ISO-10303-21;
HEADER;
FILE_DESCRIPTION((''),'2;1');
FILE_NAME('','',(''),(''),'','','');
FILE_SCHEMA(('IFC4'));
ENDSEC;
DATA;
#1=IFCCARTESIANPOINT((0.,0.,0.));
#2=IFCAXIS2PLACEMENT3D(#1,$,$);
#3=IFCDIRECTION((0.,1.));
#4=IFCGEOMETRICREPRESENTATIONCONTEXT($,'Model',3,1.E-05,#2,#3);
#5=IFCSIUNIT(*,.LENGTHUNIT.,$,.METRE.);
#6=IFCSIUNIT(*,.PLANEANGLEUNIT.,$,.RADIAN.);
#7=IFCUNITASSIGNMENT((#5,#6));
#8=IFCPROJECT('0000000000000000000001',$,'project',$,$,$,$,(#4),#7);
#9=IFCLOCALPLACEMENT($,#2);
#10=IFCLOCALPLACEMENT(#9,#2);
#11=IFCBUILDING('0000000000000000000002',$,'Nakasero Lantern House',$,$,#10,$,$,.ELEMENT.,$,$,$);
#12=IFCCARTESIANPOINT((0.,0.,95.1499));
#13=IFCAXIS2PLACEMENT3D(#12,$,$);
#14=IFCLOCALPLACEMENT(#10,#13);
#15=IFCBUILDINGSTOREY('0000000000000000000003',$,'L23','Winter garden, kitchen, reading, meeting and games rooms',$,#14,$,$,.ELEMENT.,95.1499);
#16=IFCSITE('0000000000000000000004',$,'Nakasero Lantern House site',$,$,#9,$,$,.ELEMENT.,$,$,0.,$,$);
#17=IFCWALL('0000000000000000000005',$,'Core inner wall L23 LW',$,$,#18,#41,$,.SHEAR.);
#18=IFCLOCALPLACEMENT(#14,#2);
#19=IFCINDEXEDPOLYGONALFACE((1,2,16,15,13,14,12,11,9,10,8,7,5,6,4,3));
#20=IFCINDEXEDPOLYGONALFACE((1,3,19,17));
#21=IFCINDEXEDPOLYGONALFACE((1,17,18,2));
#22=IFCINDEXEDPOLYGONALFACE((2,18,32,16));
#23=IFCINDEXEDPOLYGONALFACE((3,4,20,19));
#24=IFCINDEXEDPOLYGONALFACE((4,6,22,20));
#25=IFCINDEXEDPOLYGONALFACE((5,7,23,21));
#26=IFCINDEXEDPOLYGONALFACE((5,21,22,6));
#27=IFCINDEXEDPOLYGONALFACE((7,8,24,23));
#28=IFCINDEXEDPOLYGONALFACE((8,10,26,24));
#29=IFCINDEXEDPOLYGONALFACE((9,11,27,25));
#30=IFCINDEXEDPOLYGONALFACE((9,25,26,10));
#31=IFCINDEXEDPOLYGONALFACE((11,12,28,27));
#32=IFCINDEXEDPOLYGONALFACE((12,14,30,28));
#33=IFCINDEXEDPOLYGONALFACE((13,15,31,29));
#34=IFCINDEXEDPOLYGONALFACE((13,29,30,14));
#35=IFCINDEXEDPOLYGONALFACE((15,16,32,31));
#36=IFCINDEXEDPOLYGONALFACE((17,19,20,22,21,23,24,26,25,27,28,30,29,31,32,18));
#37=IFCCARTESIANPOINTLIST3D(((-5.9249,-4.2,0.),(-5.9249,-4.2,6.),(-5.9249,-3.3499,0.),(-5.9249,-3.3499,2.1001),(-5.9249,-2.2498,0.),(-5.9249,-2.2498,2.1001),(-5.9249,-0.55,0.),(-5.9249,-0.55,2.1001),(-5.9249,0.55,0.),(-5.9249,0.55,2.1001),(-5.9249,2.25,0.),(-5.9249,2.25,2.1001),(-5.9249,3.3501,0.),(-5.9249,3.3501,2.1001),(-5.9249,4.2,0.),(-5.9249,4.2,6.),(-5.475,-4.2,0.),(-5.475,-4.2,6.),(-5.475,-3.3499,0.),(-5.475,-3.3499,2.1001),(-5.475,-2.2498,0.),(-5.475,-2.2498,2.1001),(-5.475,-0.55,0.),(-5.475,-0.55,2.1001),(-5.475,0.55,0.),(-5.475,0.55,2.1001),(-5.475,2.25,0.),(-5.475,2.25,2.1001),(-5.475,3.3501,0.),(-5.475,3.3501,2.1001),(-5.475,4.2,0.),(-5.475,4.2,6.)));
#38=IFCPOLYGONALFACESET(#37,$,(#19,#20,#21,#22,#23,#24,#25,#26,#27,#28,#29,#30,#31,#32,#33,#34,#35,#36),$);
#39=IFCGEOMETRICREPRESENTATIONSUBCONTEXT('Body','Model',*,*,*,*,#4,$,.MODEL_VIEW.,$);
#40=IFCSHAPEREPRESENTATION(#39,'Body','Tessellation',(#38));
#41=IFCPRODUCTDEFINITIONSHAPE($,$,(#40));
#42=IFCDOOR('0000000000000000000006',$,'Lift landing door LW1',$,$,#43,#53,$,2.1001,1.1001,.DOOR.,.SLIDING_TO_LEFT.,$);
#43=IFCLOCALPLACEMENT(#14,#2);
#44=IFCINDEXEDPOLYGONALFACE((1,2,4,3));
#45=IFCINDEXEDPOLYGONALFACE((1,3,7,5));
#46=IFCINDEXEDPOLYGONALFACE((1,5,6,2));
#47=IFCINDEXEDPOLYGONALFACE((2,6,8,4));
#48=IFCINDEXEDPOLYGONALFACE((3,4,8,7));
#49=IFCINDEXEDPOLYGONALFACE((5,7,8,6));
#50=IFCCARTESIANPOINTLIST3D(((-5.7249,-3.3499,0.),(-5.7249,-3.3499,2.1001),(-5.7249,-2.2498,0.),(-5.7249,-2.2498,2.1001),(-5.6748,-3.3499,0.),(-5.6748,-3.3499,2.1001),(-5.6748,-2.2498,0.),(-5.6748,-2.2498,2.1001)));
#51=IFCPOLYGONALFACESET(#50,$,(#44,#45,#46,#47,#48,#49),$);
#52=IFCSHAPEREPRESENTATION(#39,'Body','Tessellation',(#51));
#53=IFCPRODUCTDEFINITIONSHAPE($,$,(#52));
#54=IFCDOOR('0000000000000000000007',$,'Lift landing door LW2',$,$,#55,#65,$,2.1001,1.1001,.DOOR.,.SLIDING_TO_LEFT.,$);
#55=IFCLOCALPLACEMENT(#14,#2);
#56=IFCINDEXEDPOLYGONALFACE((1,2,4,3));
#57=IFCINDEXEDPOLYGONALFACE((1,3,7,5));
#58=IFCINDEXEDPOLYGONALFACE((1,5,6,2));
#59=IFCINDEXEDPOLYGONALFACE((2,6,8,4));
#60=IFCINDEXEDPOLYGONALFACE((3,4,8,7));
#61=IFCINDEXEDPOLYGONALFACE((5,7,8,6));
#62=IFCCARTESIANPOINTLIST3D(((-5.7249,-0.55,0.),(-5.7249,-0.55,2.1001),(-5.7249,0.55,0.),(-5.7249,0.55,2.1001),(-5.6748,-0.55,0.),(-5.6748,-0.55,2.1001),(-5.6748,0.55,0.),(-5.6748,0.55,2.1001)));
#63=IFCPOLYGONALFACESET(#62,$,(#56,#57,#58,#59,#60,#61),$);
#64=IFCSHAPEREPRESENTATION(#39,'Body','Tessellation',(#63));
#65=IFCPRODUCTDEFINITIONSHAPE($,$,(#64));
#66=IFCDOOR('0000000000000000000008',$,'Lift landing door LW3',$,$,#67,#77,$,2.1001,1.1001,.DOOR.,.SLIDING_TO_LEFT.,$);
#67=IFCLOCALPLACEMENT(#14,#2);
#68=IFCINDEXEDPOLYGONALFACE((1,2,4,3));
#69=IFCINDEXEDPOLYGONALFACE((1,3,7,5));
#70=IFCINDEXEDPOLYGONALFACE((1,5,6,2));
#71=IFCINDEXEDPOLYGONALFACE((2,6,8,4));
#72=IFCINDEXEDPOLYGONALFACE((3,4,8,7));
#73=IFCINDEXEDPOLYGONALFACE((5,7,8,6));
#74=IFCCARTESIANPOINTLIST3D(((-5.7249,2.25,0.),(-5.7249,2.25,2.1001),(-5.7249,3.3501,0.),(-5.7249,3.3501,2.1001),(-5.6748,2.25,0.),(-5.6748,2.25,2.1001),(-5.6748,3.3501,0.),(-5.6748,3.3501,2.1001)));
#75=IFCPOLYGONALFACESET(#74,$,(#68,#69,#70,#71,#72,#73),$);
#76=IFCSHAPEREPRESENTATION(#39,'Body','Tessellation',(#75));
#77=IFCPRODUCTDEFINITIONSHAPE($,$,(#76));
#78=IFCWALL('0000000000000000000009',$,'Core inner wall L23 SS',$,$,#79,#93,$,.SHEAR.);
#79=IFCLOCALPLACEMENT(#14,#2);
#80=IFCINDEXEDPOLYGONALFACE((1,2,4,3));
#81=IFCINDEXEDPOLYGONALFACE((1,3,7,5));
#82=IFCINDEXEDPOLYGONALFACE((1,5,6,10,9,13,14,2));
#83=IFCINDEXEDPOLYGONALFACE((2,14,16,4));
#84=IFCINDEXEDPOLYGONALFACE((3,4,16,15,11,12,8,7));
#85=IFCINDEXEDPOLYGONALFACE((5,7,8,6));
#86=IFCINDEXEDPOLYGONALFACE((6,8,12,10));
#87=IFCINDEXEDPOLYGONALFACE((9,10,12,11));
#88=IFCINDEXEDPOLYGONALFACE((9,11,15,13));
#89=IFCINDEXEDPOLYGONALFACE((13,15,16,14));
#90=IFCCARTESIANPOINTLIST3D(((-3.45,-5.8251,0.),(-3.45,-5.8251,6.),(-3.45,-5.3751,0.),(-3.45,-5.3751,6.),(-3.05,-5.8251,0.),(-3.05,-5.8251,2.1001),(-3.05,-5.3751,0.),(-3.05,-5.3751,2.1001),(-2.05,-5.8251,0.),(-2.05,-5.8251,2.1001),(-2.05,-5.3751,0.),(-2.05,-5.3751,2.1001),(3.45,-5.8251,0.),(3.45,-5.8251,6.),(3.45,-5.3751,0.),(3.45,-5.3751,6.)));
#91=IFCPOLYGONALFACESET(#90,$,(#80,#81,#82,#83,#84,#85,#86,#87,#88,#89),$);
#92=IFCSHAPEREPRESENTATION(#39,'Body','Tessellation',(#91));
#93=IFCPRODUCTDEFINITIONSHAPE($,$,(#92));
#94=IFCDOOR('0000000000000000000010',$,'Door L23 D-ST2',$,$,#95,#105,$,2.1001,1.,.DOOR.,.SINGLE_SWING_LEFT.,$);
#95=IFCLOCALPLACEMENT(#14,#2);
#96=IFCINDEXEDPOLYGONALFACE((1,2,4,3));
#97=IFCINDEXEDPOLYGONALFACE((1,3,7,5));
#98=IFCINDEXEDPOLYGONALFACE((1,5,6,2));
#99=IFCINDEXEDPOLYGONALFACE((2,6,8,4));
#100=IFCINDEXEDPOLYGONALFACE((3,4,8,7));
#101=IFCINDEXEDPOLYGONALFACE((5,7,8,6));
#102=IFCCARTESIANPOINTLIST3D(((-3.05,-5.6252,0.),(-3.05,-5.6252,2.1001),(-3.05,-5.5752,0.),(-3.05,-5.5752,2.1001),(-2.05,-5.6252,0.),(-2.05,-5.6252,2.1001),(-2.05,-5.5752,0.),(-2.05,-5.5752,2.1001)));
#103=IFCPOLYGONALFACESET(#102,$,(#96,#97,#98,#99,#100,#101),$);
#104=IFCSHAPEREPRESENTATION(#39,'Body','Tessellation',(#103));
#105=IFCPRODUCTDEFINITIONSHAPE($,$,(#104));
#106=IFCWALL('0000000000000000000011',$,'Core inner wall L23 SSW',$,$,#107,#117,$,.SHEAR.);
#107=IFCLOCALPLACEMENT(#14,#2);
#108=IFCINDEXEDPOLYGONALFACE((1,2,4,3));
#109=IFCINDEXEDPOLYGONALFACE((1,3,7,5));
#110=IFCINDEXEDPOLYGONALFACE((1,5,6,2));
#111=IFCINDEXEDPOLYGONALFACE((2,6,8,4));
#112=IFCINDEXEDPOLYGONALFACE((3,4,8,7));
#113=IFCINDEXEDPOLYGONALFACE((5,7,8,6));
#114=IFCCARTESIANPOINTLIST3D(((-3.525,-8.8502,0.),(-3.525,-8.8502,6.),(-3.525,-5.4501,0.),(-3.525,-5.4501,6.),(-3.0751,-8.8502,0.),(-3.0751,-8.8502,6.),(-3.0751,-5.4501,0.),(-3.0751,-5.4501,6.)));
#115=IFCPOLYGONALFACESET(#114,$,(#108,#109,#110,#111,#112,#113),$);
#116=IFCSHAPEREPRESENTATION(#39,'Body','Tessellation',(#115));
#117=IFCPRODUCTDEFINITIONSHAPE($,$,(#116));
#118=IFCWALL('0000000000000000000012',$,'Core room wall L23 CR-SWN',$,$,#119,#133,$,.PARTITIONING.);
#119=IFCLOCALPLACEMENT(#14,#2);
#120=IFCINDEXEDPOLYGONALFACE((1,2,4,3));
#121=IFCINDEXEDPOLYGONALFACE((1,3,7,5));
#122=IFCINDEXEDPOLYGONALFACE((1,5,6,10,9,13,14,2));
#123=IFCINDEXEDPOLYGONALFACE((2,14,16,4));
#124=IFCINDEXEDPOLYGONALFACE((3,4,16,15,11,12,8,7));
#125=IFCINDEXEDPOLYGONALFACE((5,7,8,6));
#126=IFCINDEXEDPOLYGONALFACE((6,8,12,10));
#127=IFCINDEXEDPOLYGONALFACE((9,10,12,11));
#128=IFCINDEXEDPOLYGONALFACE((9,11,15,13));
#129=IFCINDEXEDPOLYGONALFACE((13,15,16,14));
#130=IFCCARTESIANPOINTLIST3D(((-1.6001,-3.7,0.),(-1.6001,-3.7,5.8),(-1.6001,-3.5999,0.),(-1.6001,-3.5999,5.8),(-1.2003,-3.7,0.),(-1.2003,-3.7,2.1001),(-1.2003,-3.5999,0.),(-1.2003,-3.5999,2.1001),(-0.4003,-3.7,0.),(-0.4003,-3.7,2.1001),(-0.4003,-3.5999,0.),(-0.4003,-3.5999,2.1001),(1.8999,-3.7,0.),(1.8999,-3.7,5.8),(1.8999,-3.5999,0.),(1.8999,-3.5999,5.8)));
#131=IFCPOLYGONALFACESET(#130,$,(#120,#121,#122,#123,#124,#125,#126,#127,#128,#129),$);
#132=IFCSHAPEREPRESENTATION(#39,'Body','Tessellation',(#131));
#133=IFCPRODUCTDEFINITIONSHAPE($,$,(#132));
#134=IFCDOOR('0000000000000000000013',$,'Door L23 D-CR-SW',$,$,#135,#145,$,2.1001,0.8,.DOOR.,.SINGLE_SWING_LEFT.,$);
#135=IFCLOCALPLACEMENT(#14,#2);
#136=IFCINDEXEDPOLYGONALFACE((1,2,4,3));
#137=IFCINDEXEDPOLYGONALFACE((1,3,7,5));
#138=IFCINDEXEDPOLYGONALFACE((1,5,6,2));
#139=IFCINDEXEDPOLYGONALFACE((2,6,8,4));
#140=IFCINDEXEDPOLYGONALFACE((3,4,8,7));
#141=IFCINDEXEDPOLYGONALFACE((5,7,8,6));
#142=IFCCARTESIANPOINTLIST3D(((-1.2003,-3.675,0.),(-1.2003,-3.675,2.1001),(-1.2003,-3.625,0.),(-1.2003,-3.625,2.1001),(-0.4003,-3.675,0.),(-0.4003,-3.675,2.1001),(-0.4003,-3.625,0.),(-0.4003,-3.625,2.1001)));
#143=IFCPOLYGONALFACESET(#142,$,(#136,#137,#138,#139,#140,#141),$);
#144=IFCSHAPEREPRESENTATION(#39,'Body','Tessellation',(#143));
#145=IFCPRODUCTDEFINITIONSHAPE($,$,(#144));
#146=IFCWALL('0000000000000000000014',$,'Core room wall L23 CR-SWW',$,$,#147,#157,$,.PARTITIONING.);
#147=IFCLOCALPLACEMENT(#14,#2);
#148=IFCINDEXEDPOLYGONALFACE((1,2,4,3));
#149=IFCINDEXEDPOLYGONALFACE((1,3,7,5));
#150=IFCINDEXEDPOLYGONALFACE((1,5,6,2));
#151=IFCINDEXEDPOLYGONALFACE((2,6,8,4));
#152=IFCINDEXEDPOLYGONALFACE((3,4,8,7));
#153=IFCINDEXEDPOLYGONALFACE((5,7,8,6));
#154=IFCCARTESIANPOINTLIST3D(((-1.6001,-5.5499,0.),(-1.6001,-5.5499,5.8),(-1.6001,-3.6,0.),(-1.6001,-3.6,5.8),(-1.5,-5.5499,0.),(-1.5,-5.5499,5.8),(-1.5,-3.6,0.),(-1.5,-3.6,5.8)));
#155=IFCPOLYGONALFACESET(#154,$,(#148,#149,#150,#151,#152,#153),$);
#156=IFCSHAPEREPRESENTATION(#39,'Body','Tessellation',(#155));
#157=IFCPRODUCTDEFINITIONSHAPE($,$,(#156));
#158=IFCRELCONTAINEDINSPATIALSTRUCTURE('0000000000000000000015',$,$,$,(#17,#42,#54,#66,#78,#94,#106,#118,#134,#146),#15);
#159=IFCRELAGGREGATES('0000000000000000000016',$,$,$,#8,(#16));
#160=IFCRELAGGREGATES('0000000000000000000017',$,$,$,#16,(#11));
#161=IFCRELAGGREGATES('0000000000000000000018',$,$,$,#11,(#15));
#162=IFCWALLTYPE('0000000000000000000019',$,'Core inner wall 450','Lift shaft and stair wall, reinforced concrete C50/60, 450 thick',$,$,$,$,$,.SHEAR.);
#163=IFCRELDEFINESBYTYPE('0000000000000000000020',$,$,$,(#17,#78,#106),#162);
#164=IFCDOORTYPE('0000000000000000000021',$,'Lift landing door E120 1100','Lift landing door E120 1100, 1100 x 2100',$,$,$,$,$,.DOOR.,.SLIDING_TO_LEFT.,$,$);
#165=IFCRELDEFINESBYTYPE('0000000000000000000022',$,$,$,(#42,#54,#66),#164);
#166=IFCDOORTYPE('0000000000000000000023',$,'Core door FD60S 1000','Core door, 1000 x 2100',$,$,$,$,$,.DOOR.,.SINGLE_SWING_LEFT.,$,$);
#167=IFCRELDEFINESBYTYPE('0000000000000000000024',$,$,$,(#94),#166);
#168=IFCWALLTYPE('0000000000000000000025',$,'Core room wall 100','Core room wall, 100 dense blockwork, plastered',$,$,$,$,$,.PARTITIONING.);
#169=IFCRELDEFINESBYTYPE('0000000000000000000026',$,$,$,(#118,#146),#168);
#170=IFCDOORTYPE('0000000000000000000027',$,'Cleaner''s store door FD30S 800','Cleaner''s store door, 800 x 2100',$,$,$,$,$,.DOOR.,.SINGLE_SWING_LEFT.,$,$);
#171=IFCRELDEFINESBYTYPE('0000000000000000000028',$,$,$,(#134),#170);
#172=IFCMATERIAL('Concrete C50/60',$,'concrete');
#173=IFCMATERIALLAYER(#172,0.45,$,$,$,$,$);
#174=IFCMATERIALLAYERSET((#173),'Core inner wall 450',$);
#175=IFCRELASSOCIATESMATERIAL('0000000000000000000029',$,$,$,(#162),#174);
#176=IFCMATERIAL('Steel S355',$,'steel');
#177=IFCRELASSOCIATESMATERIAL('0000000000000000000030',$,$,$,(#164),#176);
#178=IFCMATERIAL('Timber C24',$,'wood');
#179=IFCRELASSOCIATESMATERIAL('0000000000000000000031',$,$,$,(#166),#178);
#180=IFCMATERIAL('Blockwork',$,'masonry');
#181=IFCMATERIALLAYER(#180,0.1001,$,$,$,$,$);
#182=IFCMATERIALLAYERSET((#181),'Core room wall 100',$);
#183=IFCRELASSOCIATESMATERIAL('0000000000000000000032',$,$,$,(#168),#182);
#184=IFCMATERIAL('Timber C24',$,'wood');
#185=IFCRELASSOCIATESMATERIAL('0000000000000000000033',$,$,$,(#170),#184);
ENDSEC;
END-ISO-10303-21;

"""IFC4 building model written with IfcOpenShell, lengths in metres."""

from ifc_helpers import new_model, si_unit, direction, frame, frame_2d, origin, place, context, subcontext, project, spatial, rectangle, extrude, material, layer, layer_set, type_object, element, fill, save


model = new_model("IFC4")

# Units and contexts
model_context = context("Model", 3, precision=1e-05, world=origin(), true_north=direction((0.0, 1.0)))
body_context = subcontext(model_context, "Body", "Model", "MODEL_VIEW")
ifc_project = project(units=[si_unit("LENGTHUNIT", "METRE"), si_unit("PLANEANGLEUNIT", "RADIAN")], contexts=[model_context])

# Site, building, storey
site_placement = place(None, origin())
site = spatial("IfcSite", under=ifc_project, at=site_placement, Name="Nakasero Lantern House site", CompositionType="ELEMENT", RefElevation=0.0)
building_placement = place(site_placement, origin())
building = spatial("IfcBuilding", under=site, at=building_placement, Name="Nakasero Lantern House", CompositionType="ELEMENT")
storey_placement = place(building_placement, frame((0.0, 0.0, 95.1499)))
storey = spatial("IfcBuildingStorey", under=building, at=storey_placement, Name="L23", Description="Winter garden, kitchen, reading, meeting and games rooms", CompositionType="ELEMENT", Elevation=95.1499)

# Wall, openings, doors
ifc_material_1 = material(Name="Concrete C50/60", Category="concrete")
ifc_layer_1 = layer(ifc_material_1, 0.45)
ifc_layer_set_1 = layer_set([ifc_layer_1], Name="Core inner wall 450")
wall_type_1 = type_object("IfcWallType", Name="Core inner wall 450", Description="Lift shaft and stair wall, reinforced concrete C50/60, 450 thick", PredefinedType="SHEAR", material=ifc_layer_set_1)
wall_1_placement = place(storey_placement, frame((-5.7, -4.2, 0.0), z_axis=(0.0, 0.0, 1.0), x_axis=(0.0, 1.0, 0.0)))
wall_1 = element("IfcWall", 1, at=wall_1_placement, inside=storey, type_object=wall_type_1, Name="Core inner wall L23 LW", PredefinedType="SHEAR", context=body_context, shape_type="SweptSolid", body=[
    extrude(rectangle(XDim=8.3999, YDim=0.45, at=frame_2d((4.2, 0.0))), origin(), (0.0, 0.0, 1.0), 6.0),
])
opening_1_placement = place(wall_1_placement, frame((0.8501, 0.0, 0.0)))
opening_1 = element("IfcOpeningElement", 2, at=opening_1_placement, cuts=wall_1, PredefinedType="OPENING", context=body_context, shape_type="SweptSolid", body=[
    extrude(rectangle(XDim=1.1001, YDim=2.1001, at=frame_2d((0.55, 1.05))), frame((0.0, 0.2449, 0.0), z_axis=(0.0, -1.0, 0.0), x_axis=(1.0, 0.0, 0.0)), (0.0, 0.0, 1.0), 0.49),
])
opening_2_placement = place(wall_1_placement, frame((3.6499, 0.0, 0.0)))
opening_2 = element("IfcOpeningElement", 3, at=opening_2_placement, cuts=wall_1, PredefinedType="OPENING", context=body_context, shape_type="SweptSolid", body=[
    extrude(rectangle(XDim=1.1001, YDim=2.1001, at=frame_2d((0.55, 1.05))), frame((0.0, 0.2449, 0.0), z_axis=(0.0, -1.0, 0.0), x_axis=(1.0, 0.0, 0.0)), (0.0, 0.0, 1.0), 0.49),
])
opening_3_placement = place(wall_1_placement, frame((6.45, 0.0, 0.0)))
opening_3 = element("IfcOpeningElement", 4, at=opening_3_placement, cuts=wall_1, PredefinedType="OPENING", context=body_context, shape_type="SweptSolid", body=[
    extrude(rectangle(XDim=1.1001, YDim=2.1001, at=frame_2d((0.55, 1.05))), frame((0.0, 0.2449, 0.0), z_axis=(0.0, -1.0, 0.0), x_axis=(1.0, 0.0, 0.0)), (0.0, 0.0, 1.0), 0.49),
])
ifc_material_2 = material(Name="Steel S355", Category="steel")
door_type_1 = type_object("IfcDoorType", Name="Lift landing door E120 1100", Description="Lift landing door E120 1100, 1100 x 2100", OperationType="SLIDING_TO_LEFT", PredefinedType="DOOR", material=ifc_material_2)
door_1_placement = place(opening_1_placement, origin())
door_1 = element("IfcDoor", 5, at=door_1_placement, inside=storey, type_object=door_type_1, Name="Lift landing door LW1", OperationType="SLIDING_TO_LEFT", OverallHeight=2.1001, OverallWidth=1.1001, PredefinedType="DOOR", context=body_context, shape_type="SweptSolid", body=[
    extrude(rectangle(XDim=1.1001, YDim=2.1001, at=frame_2d((0.55, 1.05))), frame((0.0, 0.0249, 0.0), z_axis=(0.0, -1.0, 0.0), x_axis=(1.0, 0.0, 0.0)), (0.0, 0.0, 1.0), 0.05),
])
fill(opening_1, door_1)
door_2_placement = place(opening_2_placement, origin())
door_2 = element("IfcDoor", 6, at=door_2_placement, inside=storey, type_object=door_type_1, Name="Lift landing door LW2", OperationType="SLIDING_TO_LEFT", OverallHeight=2.1001, OverallWidth=1.1001, PredefinedType="DOOR", context=body_context, shape_type="SweptSolid", body=[
    extrude(rectangle(XDim=1.1001, YDim=2.1001, at=frame_2d((0.55, 1.05))), frame((0.0, 0.0249, 0.0), z_axis=(0.0, -1.0, 0.0), x_axis=(1.0, 0.0, 0.0)), (0.0, 0.0, 1.0), 0.05),
])
fill(opening_2, door_2)
door_3_placement = place(opening_3_placement, origin())
door_3 = element("IfcDoor", 7, at=door_3_placement, inside=storey, type_object=door_type_1, Name="Lift landing door LW3", OperationType="SLIDING_TO_LEFT", OverallHeight=2.1001, OverallWidth=1.1001, PredefinedType="DOOR", context=body_context, shape_type="SweptSolid", body=[
    extrude(rectangle(XDim=1.1001, YDim=2.1001, at=frame_2d((0.55, 1.05))), frame((0.0, 0.0249, 0.0), z_axis=(0.0, -1.0, 0.0), x_axis=(1.0, 0.0, 0.0)), (0.0, 0.0, 1.0), 0.05),
])
fill(opening_3, door_3)

# Wall, opening, door
wall_2_placement = place(storey_placement, frame((-3.45, -5.6001, 0.0), z_axis=(0.0, 0.0, 1.0), x_axis=(1.0, 0.0, 0.0)))
wall_2 = element("IfcWall", 8, at=wall_2_placement, inside=storey, type_object=wall_type_1, Name="Core inner wall L23 SS", PredefinedType="SHEAR", context=body_context, shape_type="SweptSolid", body=[
    extrude(rectangle(XDim=6.8999, YDim=0.45, at=frame_2d((3.45, 0.0))), origin(), (0.0, 0.0, 1.0), 6.0),
])
opening_4_placement = place(wall_2_placement, frame((0.3999, 0.0, 0.0)))
opening_4 = element("IfcOpeningElement", 9, at=opening_4_placement, cuts=wall_2, PredefinedType="OPENING", context=body_context, shape_type="SweptSolid", body=[
    extrude(rectangle(XDim=1.0, YDim=2.1001, at=frame_2d((0.5, 1.05))), frame((0.0, 0.2449, 0.0), z_axis=(0.0, -1.0, 0.0), x_axis=(1.0, 0.0, 0.0)), (0.0, 0.0, 1.0), 0.49),
])
ifc_material_3 = material(Name="Timber C24", Category="wood")
door_type_2 = type_object("IfcDoorType", Name="Core door FD60S 1000", Description="Core door, 1000 x 2100", OperationType="SINGLE_SWING_LEFT", PredefinedType="DOOR", material=ifc_material_3)
door_4_placement = place(opening_4_placement, origin())
door_4 = element("IfcDoor", 10, at=door_4_placement, inside=storey, type_object=door_type_2, Name="Door L23 D-ST2", OperationType="SINGLE_SWING_LEFT", OverallHeight=2.1001, OverallWidth=1.0, PredefinedType="DOOR", context=body_context, shape_type="SweptSolid", body=[
    extrude(rectangle(XDim=1.0, YDim=2.1001, at=frame_2d((0.5, 1.05))), frame((0.0, 0.0249, 0.0), z_axis=(0.0, -1.0, 0.0), x_axis=(1.0, 0.0, 0.0)), (0.0, 0.0, 1.0), 0.05),
])
fill(opening_4, door_4)

# Wall
wall_3_placement = place(storey_placement, frame((-3.3, -5.45, 0.0), z_axis=(0.0, 0.0, 1.0), x_axis=(0.0, -1.0, 0.0)))
element("IfcWall", 11, at=wall_3_placement, inside=storey, type_object=wall_type_1, Name="Core inner wall L23 SSW", PredefinedType="SHEAR", context=body_context, shape_type="SweptSolid", body=[
    extrude(rectangle(XDim=3.4001, YDim=0.45, at=frame_2d((1.7002, 0.0))), origin(), (0.0, 0.0, 1.0), 6.0),
])

# Wall, opening, door
ifc_material_4 = material(Name="Blockwork", Category="masonry")
ifc_layer_2 = layer(ifc_material_4, 0.1001)
ifc_layer_set_2 = layer_set([ifc_layer_2], Name="Core room wall 100")
wall_type_2 = type_object("IfcWallType", Name="Core room wall 100", Description="Core room wall, 100 dense blockwork, plastered", PredefinedType="PARTITIONING", material=ifc_layer_set_2)
wall_4_placement = place(storey_placement, frame((-1.6001, -3.6499, 0.0), z_axis=(0.0, 0.0, 1.0), x_axis=(1.0, 0.0, 0.0)))
wall_4 = element("IfcWall", 12, at=wall_4_placement, inside=storey, type_object=wall_type_2, Name="Core room wall L23 CR-SWN", PredefinedType="PARTITIONING", context=body_context, shape_type="SweptSolid", body=[
    extrude(rectangle(XDim=3.5, YDim=0.1001, at=frame_2d((1.75, 0.0))), origin(), (0.0, 0.0, 1.0), 5.8),
])
opening_5_placement = place(wall_4_placement, frame((0.3999, 0.0, 0.0)))
opening_5 = element("IfcOpeningElement", 13, at=opening_5_placement, cuts=wall_4, PredefinedType="OPENING", context=body_context, shape_type="SweptSolid", body=[
    extrude(rectangle(XDim=0.8, YDim=2.1001, at=frame_2d((0.3999, 1.05))), frame((0.0, 0.0701, 0.0), z_axis=(0.0, -1.0, 0.0), x_axis=(1.0, 0.0, 0.0)), (0.0, 0.0, 1.0), 0.1401),
])
ifc_material_5 = material(Name="Timber C24", Category="wood")
door_type_3 = type_object("IfcDoorType", Name="Cleaner's store door FD30S 800", Description="Cleaner's store door, 800 x 2100", OperationType="SINGLE_SWING_LEFT", PredefinedType="DOOR", material=ifc_material_5)
door_5_placement = place(opening_5_placement, origin())
door_5 = element("IfcDoor", 14, at=door_5_placement, inside=storey, type_object=door_type_3, Name="Door L23 D-CR-SW", OperationType="SINGLE_SWING_LEFT", OverallHeight=2.1001, OverallWidth=0.8, PredefinedType="DOOR", context=body_context, shape_type="SweptSolid", body=[
    extrude(rectangle(XDim=0.8, YDim=2.1001, at=frame_2d((0.3999, 1.05))), frame((0.0, 0.0249, 0.0), z_axis=(0.0, -1.0, 0.0), x_axis=(1.0, 0.0, 0.0)), (0.0, 0.0, 1.0), 0.05),
])
fill(opening_5, door_5)

# Wall
wall_5_placement = place(storey_placement, frame((-1.55, -5.55, 0.0), z_axis=(0.0, 0.0, 1.0), x_axis=(0.0, 1.0, 0.0)))
element("IfcWall", 15, at=wall_5_placement, inside=storey, type_object=wall_type_2, Name="Core room wall L23 CR-SWW", PredefinedType="PARTITIONING", context=body_context, shape_type="SweptSolid", body=[
    extrude(rectangle(XDim=1.95, YDim=0.1001, at=frame_2d((0.9751, 0.0))), origin(), (0.0, 0.0, 1.0), 5.8),
])

save(model, "model.ifc")
